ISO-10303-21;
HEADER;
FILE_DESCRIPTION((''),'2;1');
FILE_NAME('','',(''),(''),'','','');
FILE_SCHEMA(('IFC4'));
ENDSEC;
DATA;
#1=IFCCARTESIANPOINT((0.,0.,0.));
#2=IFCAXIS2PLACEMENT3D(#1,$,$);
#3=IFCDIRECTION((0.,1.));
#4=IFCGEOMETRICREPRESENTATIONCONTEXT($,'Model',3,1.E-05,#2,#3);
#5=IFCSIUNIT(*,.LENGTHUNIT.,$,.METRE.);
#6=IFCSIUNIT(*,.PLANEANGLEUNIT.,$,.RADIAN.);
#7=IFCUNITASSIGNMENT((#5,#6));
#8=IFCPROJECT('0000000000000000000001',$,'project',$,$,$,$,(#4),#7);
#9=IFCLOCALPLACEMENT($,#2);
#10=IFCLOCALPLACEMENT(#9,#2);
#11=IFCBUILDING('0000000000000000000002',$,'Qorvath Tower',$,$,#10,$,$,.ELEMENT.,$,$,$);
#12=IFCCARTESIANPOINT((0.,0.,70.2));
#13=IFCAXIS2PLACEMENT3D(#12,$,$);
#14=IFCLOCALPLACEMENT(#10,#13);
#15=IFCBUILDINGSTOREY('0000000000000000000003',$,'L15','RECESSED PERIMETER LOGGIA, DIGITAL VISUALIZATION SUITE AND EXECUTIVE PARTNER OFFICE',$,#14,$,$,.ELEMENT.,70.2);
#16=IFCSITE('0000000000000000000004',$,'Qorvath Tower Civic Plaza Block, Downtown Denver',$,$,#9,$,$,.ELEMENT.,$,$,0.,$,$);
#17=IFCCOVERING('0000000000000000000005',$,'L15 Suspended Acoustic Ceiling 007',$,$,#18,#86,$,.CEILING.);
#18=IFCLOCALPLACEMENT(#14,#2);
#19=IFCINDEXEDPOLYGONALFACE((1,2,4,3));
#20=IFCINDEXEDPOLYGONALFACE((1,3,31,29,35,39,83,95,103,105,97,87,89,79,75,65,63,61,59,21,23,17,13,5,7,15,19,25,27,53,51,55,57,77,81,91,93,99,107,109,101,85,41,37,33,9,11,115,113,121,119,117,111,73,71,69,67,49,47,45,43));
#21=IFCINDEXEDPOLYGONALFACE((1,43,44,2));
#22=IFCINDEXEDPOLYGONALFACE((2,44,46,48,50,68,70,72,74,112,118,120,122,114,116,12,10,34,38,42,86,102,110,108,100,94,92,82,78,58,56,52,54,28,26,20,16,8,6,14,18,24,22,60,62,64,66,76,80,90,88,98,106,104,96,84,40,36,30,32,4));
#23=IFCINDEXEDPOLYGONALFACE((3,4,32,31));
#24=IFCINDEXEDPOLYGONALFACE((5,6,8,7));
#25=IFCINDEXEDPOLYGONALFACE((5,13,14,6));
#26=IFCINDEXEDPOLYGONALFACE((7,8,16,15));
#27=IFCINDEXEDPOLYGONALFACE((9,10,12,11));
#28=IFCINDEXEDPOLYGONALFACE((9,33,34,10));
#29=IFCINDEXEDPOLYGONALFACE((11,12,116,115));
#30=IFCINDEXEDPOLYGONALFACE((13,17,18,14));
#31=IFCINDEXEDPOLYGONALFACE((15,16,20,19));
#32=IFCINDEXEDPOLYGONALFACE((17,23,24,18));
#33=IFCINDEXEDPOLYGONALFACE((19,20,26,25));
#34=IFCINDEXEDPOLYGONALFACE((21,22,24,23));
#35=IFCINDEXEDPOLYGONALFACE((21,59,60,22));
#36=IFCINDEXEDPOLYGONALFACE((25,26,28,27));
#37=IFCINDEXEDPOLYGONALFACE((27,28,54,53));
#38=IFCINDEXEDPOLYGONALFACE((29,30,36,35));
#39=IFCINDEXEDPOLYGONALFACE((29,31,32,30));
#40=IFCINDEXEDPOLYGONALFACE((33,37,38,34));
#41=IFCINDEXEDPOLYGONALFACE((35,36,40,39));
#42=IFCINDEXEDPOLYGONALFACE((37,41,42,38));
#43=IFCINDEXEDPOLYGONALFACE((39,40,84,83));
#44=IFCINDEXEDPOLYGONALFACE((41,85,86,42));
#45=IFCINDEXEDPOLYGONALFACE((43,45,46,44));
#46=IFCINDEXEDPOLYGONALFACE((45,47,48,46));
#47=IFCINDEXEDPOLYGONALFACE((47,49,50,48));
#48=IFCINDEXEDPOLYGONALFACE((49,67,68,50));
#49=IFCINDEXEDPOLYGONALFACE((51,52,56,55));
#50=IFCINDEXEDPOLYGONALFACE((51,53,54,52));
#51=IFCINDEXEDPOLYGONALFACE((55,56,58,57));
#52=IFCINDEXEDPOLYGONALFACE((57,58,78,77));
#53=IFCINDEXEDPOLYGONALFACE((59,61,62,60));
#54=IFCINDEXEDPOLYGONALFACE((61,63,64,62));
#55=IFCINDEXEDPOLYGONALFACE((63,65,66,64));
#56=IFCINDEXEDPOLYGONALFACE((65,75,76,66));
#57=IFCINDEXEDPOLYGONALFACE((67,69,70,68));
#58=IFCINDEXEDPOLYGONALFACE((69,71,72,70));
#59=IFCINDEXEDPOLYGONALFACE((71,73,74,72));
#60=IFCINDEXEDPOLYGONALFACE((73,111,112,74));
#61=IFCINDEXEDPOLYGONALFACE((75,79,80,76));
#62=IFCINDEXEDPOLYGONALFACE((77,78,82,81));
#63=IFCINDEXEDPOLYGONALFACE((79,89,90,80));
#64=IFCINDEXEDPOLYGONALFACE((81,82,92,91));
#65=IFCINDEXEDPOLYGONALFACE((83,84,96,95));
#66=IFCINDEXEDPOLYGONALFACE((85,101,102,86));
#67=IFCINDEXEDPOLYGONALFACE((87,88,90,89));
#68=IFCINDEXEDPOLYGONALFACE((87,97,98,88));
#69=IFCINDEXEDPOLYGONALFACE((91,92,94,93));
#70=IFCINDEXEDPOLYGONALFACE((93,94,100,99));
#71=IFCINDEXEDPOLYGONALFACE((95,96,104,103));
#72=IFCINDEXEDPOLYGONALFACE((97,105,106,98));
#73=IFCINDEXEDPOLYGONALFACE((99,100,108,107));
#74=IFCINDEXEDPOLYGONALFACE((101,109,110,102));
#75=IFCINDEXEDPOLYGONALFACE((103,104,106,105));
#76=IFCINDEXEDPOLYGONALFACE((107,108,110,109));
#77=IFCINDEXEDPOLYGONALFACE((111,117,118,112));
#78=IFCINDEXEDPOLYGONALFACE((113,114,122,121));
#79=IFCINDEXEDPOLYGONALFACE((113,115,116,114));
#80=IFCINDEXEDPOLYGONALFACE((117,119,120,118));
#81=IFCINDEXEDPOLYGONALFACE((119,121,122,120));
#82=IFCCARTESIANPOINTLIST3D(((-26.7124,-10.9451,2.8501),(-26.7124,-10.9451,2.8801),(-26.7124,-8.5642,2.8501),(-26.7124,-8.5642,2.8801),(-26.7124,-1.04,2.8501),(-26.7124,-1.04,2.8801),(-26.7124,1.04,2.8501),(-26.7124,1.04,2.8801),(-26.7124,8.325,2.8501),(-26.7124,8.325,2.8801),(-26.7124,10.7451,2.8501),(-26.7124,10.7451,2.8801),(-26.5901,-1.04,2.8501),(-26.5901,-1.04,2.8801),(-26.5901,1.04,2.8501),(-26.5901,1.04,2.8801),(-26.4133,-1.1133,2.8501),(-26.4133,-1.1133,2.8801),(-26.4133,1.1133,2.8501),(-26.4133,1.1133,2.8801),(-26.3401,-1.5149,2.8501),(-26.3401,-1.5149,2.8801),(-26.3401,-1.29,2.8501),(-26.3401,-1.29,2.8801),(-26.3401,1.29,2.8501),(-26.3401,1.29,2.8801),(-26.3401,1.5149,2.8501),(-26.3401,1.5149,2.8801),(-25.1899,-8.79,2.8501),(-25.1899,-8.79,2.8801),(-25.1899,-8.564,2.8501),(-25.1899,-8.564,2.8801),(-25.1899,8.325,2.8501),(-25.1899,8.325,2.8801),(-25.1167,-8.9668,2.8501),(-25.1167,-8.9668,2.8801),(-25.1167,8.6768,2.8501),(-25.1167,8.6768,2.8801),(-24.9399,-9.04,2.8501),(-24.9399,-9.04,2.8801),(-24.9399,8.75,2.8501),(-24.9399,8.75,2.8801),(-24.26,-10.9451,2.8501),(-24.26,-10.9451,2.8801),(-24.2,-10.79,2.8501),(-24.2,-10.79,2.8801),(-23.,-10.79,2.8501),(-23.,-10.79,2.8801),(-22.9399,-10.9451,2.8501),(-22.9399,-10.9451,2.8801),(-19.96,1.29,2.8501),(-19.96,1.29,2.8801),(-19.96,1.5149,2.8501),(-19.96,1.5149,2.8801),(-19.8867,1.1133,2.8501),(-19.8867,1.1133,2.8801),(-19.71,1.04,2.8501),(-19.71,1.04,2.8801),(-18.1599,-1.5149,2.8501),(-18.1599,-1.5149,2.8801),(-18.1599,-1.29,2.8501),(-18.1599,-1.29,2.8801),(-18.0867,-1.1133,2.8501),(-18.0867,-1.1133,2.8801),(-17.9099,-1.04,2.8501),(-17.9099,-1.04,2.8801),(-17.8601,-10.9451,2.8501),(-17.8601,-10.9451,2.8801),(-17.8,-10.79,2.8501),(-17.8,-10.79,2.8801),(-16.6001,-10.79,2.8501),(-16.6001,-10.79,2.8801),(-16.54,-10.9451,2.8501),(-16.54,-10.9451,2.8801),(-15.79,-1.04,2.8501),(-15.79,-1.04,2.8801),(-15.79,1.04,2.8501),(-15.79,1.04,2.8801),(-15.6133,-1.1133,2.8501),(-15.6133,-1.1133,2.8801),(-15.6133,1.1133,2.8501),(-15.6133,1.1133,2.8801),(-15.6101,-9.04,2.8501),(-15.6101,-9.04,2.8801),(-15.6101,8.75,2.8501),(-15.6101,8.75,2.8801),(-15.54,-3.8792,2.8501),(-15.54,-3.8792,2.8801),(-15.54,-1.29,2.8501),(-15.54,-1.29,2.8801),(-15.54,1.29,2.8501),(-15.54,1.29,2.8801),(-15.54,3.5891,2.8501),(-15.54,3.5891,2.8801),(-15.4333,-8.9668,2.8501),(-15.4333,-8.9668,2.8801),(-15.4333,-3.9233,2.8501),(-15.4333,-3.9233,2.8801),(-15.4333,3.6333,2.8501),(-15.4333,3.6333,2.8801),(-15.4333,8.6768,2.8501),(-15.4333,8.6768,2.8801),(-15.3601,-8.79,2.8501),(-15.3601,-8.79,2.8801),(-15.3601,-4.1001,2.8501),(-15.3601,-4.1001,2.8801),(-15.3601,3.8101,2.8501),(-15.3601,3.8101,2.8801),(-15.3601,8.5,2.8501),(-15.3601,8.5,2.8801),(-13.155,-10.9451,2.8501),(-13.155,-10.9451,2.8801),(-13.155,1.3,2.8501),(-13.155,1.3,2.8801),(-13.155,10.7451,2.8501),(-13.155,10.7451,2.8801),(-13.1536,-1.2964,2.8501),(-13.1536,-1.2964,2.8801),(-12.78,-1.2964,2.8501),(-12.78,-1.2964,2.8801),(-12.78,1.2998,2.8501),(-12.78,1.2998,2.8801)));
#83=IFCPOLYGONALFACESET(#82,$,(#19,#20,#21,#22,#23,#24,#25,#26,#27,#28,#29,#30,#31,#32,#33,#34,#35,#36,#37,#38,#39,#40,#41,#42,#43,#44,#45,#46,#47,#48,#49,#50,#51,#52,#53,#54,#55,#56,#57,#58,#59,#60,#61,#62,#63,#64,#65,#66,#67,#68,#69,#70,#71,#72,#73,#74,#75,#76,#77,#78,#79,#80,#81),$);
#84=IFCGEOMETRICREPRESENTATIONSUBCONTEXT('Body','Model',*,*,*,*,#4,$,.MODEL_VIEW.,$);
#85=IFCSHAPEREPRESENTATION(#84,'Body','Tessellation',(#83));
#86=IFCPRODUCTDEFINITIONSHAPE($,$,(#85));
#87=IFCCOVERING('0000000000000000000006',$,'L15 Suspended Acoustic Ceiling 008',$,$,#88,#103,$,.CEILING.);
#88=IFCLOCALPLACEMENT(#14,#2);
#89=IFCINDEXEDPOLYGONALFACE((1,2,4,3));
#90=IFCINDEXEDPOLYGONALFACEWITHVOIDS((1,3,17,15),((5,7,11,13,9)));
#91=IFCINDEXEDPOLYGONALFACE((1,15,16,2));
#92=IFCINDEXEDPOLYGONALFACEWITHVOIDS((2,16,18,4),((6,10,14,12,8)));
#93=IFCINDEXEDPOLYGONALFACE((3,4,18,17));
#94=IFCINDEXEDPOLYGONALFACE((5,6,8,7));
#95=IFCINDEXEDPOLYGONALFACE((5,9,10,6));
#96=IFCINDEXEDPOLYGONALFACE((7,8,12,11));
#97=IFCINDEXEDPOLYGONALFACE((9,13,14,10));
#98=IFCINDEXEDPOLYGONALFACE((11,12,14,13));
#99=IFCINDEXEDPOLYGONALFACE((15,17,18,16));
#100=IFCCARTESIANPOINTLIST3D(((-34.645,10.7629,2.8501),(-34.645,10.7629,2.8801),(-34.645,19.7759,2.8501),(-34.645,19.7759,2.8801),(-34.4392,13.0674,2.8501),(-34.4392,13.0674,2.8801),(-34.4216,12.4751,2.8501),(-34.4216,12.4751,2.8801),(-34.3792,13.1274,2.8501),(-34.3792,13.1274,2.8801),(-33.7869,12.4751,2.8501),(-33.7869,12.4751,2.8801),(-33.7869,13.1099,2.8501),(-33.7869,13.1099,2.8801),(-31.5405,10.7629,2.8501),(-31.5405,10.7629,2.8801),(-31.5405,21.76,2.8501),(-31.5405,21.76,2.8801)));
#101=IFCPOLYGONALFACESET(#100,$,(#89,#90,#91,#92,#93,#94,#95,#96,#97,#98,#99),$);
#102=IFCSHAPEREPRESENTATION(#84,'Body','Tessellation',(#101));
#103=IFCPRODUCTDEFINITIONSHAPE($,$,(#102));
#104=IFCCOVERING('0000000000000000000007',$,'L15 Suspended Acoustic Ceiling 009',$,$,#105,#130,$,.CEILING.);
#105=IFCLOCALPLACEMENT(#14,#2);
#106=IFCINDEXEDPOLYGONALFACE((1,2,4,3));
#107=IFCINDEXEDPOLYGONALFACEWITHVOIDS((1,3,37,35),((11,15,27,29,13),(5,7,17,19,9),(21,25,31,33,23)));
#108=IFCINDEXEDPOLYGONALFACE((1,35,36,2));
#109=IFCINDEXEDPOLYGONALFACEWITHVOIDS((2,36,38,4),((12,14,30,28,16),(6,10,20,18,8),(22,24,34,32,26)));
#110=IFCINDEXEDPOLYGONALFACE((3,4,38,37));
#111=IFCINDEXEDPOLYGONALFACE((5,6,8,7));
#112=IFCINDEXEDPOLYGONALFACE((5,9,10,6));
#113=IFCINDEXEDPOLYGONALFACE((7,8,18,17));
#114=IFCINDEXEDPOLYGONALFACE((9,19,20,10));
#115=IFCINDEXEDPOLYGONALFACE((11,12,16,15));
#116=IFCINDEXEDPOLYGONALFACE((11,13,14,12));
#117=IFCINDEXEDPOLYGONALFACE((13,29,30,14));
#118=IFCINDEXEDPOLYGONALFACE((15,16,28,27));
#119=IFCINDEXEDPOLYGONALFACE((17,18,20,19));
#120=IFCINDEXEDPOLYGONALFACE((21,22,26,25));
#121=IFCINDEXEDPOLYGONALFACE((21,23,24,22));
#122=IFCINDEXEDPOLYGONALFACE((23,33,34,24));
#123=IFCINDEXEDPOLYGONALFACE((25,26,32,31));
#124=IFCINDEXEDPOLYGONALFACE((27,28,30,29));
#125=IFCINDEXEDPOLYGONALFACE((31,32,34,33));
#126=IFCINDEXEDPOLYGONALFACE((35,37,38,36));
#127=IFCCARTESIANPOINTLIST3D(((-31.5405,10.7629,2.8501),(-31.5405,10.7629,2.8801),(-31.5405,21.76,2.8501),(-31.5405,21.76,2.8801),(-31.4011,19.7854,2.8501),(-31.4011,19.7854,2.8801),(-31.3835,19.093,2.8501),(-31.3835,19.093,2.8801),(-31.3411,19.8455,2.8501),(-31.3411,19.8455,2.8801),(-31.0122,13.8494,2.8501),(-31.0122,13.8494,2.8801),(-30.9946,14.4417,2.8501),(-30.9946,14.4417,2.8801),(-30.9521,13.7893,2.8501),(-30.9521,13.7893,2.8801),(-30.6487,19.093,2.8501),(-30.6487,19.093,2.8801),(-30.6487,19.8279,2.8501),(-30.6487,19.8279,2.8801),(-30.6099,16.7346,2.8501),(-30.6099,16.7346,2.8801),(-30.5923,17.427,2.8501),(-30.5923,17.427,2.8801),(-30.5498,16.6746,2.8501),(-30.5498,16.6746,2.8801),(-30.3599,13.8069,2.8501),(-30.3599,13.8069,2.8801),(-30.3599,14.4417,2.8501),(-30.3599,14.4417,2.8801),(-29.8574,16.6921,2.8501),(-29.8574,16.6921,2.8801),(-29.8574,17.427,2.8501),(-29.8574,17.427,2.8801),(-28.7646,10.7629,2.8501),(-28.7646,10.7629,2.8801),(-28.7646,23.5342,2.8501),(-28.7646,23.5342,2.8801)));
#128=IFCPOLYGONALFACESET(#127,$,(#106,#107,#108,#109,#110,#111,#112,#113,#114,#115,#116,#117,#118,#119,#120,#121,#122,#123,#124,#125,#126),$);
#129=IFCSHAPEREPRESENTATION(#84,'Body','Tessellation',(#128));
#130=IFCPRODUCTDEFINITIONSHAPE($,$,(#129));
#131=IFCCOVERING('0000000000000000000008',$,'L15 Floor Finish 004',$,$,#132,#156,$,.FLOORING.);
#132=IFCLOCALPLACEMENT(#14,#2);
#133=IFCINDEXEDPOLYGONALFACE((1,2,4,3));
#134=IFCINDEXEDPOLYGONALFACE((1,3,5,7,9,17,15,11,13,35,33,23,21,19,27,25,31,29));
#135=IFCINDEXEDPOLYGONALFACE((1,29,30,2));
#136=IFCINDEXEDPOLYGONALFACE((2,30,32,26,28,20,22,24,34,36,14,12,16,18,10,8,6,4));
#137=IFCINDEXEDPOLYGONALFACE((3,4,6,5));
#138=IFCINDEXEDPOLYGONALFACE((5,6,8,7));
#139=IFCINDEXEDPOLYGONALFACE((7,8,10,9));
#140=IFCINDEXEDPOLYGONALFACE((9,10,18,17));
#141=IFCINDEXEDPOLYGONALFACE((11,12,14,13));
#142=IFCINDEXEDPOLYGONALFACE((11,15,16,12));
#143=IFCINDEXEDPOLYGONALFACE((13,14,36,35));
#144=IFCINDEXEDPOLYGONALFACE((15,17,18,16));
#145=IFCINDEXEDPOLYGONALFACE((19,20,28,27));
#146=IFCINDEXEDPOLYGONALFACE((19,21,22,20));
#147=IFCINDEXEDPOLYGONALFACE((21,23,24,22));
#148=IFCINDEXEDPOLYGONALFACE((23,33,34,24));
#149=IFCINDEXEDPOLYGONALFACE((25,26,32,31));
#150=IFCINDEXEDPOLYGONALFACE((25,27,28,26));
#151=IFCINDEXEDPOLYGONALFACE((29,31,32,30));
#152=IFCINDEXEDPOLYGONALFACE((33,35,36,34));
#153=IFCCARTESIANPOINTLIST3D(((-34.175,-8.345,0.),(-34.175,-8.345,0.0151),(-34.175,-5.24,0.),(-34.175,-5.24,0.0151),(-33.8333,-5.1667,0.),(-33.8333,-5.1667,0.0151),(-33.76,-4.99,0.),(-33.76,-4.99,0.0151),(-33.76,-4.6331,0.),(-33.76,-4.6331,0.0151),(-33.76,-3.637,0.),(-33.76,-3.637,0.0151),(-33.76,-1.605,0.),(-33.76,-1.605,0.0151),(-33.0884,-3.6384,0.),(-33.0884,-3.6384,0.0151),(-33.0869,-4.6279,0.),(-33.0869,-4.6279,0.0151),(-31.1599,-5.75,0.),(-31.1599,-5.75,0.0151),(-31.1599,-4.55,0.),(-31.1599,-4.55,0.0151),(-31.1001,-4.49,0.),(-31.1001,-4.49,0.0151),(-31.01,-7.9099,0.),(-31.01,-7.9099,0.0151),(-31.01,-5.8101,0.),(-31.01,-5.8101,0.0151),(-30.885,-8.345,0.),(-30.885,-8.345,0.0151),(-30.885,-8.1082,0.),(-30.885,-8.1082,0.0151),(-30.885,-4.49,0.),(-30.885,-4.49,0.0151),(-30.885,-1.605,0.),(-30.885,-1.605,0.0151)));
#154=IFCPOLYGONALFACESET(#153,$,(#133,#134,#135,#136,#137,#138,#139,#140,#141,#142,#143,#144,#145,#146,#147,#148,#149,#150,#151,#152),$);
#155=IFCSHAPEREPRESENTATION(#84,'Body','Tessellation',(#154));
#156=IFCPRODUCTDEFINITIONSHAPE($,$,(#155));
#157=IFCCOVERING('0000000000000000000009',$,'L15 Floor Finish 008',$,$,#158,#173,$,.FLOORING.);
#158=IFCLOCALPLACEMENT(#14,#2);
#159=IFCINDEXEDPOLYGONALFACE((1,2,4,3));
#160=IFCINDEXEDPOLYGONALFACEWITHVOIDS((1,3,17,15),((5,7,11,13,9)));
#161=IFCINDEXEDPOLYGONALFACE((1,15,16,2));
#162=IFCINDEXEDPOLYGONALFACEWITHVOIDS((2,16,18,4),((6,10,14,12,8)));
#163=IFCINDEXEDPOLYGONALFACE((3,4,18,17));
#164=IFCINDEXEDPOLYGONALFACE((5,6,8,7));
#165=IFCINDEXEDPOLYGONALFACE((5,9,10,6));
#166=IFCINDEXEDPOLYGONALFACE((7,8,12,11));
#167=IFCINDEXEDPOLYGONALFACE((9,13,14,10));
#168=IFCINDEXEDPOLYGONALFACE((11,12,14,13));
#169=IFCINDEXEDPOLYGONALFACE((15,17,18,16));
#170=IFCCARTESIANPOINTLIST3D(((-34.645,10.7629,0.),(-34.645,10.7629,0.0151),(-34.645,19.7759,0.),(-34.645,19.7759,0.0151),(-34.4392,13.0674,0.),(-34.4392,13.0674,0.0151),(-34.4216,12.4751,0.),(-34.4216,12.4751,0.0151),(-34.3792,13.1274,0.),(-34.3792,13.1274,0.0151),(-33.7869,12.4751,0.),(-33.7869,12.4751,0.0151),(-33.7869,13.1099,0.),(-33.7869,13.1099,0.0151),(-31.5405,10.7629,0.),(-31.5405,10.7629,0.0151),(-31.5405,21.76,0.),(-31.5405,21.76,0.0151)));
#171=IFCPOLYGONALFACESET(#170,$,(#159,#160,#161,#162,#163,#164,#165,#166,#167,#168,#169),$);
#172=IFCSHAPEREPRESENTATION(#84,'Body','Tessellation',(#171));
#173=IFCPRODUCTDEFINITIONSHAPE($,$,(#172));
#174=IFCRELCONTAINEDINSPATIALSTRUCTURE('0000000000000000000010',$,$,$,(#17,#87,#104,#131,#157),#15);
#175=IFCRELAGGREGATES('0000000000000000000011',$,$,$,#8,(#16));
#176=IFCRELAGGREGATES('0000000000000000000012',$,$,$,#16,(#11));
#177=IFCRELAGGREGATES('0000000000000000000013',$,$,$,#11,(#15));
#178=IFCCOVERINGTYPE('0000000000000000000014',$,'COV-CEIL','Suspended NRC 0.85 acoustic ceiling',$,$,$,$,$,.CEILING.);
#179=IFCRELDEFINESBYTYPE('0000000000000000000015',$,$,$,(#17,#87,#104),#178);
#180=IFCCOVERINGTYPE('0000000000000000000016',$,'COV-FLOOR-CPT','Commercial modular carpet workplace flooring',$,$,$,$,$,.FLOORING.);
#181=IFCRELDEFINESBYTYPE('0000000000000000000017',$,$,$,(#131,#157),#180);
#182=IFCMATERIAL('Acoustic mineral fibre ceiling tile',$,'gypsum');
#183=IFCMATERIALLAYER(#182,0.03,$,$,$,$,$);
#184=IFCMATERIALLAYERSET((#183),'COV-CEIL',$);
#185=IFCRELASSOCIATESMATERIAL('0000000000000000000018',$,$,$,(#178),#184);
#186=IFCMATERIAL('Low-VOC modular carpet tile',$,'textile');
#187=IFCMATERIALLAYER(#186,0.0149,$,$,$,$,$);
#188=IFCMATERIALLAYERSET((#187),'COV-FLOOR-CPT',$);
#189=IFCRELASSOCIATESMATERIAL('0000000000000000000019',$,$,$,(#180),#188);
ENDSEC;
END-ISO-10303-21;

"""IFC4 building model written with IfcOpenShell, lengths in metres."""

from ifc_helpers import new_model, si_unit, direction, frame, origin, place, context, subcontext, project, spatial, polyline, outline, extrude, material, layer, layer_set, type_object, element, save


model = new_model("IFC4")

# Units and contexts
model_context = context("Model", 3, precision=1e-05, world=origin(), true_north=direction((0.0, 1.0)))
body_context = subcontext(model_context, "Body", "Model", "MODEL_VIEW")
ifc_project = project(units=[si_unit("LENGTHUNIT", "METRE"), si_unit("PLANEANGLEUNIT", "RADIAN")], contexts=[model_context])

# Site, building, storey
site_placement = place(None, origin())
site = spatial("IfcSite", under=ifc_project, at=site_placement, Name="Qorvath Tower Civic Plaza Block, Downtown Denver", CompositionType="ELEMENT", RefElevation=0.0)
building_placement = place(site_placement, origin())
building = spatial("IfcBuilding", under=site, at=building_placement, Name="Qorvath Tower", CompositionType="ELEMENT")
storey_placement = place(building_placement, frame((0.0, 0.0, 70.2)))
storey = spatial("IfcBuildingStorey", under=building, at=storey_placement, Name="L15", Description="RECESSED PERIMETER LOGGIA, DIGITAL VISUALIZATION SUITE AND EXECUTIVE PARTNER OFFICE", CompositionType="ELEMENT", Elevation=70.2)

# Coverings
ifc_material_1 = material(Name="Acoustic mineral fibre ceiling tile", Category="gypsum")
ifc_layer_1 = layer(ifc_material_1, 0.03)
ifc_layer_set_1 = layer_set([ifc_layer_1], Name="COV-CEIL")
covering_type_1 = type_object("IfcCoveringType", Name="COV-CEIL", Description="Suspended NRC 0.85 acoustic ceiling", PredefinedType="CEILING", material=ifc_layer_set_1)
covering_1_placement = place(storey_placement, frame((0.0, 0.0, 2.8501)))
element("IfcCovering", 1, at=covering_1_placement, inside=storey, type_object=covering_type_1, Name="L15 Suspended Acoustic Ceiling 007", PredefinedType="CEILING", context=body_context, shape_type="SweptSolid", body=[
    extrude(outline(polyline([(-13.155, 1.3), (-13.155, 10.7451), (-26.7124, 10.7451), (-26.7124, 8.325), (-25.1899, 8.325), (-25.1167, 8.6768), (-24.9399, 8.75), (-15.6101, 8.75), (-15.4333, 8.6768), (-15.3601, 8.5), (-15.3601, 3.8101), (-15.4333, 3.6333), (-15.54, 3.5891), (-15.54, 1.29), (-15.6133, 1.1133), (-15.79, 1.04), (-19.71, 1.04), (-19.8867, 1.1133), (-19.96, 1.29), (-19.96, 1.5149), (-26.3401, 1.5149), (-26.3401, 1.29), (-26.4133, 1.1133), (-26.5901, 1.04), (-26.7124, 1.04), (-26.7124, -1.04), (-26.5901, -1.04), (-26.4133, -1.1133), (-26.3401, -1.29), (-26.3401, -1.5149), (-18.1599, -1.5149), (-18.1599, -1.29), (-18.0867, -1.1133), (-17.9099, -1.04), (-15.79, -1.04), (-15.6133, -1.1133), (-15.54, -1.29), (-15.54, -3.8792), (-15.4333, -3.9233), (-15.3601, -4.1001), (-15.3601, -8.79), (-15.4333, -8.9668), (-15.6101, -9.04), (-24.9399, -9.04), (-25.1167, -8.9668), (-25.1899, -8.79), (-25.1899, -8.564), (-26.7124, -8.5642), (-26.7124, -10.9451), (-24.26, -10.9451), (-24.2, -10.79), (-23.0, -10.79), (-22.9399, -10.9451), (-17.8601, -10.9451), (-17.8, -10.79), (-16.6001, -10.79), (-16.54, -10.9451), (-13.155, -10.9451), (-13.1536, -1.2964), (-12.78, -1.2964), (-12.78, 1.2998), (-13.155, 1.3)])), origin(), (0.0, 0.0, 1.0), 0.03),
])
covering_2_placement = place(storey_placement, frame((0.0, 0.0, 2.8501)))
element("IfcCovering", 2, at=covering_2_placement, inside=storey, type_object=covering_type_1, Name="L15 Suspended Acoustic Ceiling 008", PredefinedType="CEILING", context=body_context, shape_type="SweptSolid", body=[
    extrude(outline(polyline([(-31.5405, 10.7629), (-31.5405, 21.76), (-34.645, 19.7759), (-34.645, 10.7629), (-31.5405, 10.7629)]), holes=[polyline([(-34.4392, 13.0674), (-34.3792, 13.1274), (-33.7869, 13.1099), (-33.7869, 12.4751), (-34.4216, 12.4751), (-34.4392, 13.0674)])]), origin(), (0.0, 0.0, 1.0), 0.03),
])
covering_3_placement = place(storey_placement, frame((0.0, 0.0, 2.8501)))
element("IfcCovering", 3, at=covering_3_placement, inside=storey, type_object=covering_type_1, Name="L15 Suspended Acoustic Ceiling 009", PredefinedType="CEILING", context=body_context, shape_type="SweptSolid", body=[
    extrude(outline(polyline([(-28.7646, 10.7629), (-28.7646, 23.5342), (-31.5405, 21.76), (-31.5405, 10.7629), (-28.7646, 10.7629)]), holes=[polyline([(-30.6099, 16.7346), (-30.5923, 17.427), (-29.8574, 17.427), (-29.8574, 16.6921), (-30.5498, 16.6746), (-30.6099, 16.7346)]), polyline([(-31.0122, 13.8494), (-30.9946, 14.4417), (-30.3599, 14.4417), (-30.3599, 13.8069), (-30.9521, 13.7893), (-31.0122, 13.8494)]), polyline([(-31.4011, 19.7854), (-31.3411, 19.8455), (-30.6487, 19.8279), (-30.6487, 19.093), (-31.3835, 19.093), (-31.4011, 19.7854)])]), origin(), (0.0, 0.0, 1.0), 0.03),
])
ifc_material_2 = material(Name="Low-VOC modular carpet tile", Category="textile")
ifc_layer_2 = layer(ifc_material_2, 0.0149)
ifc_layer_set_2 = layer_set([ifc_layer_2], Name="COV-FLOOR-CPT")
covering_type_2 = type_object("IfcCoveringType", Name="COV-FLOOR-CPT", Description="Commercial modular carpet workplace flooring", PredefinedType="FLOORING", material=ifc_layer_set_2)
covering_4_placement = place(storey_placement, origin())
element("IfcCovering", 4, at=covering_4_placement, inside=storey, type_object=covering_type_2, Name="L15 Floor Finish 004", PredefinedType="FLOORING", context=body_context, shape_type="SweptSolid", body=[
    extrude(outline(polyline([(-30.885, -1.605), (-33.76, -1.605), (-33.76, -3.637), (-33.0884, -3.6384), (-33.0869, -4.6279), (-33.76, -4.6331), (-33.76, -4.99), (-33.8333, -5.1667), (-34.175, -5.24), (-34.175, -8.345), (-30.885, -8.345), (-30.885, -8.1082), (-31.01, -7.9099), (-31.01, -5.8101), (-31.1599, -5.75), (-31.1599, -4.55), (-31.1001, -4.49), (-30.885, -4.49), (-30.885, -1.605)])), origin(), (0.0, 0.0, 1.0), 0.0151),
])
covering_5_placement = place(storey_placement, origin())
element("IfcCovering", 5, at=covering_5_placement, inside=storey, type_object=covering_type_2, Name="L15 Floor Finish 008", PredefinedType="FLOORING", context=body_context, shape_type="SweptSolid", body=[
    extrude(outline(polyline([(-31.5405, 10.7629), (-31.5405, 21.76), (-34.645, 19.7759), (-34.645, 10.7629), (-31.5405, 10.7629)]), holes=[polyline([(-34.4392, 13.0674), (-34.3792, 13.1274), (-33.7869, 13.1099), (-33.7869, 12.4751), (-34.4216, 12.4751), (-34.4392, 13.0674)])]), origin(), (0.0, 0.0, 1.0), 0.0151),
])

save(model, "model.ifc")
